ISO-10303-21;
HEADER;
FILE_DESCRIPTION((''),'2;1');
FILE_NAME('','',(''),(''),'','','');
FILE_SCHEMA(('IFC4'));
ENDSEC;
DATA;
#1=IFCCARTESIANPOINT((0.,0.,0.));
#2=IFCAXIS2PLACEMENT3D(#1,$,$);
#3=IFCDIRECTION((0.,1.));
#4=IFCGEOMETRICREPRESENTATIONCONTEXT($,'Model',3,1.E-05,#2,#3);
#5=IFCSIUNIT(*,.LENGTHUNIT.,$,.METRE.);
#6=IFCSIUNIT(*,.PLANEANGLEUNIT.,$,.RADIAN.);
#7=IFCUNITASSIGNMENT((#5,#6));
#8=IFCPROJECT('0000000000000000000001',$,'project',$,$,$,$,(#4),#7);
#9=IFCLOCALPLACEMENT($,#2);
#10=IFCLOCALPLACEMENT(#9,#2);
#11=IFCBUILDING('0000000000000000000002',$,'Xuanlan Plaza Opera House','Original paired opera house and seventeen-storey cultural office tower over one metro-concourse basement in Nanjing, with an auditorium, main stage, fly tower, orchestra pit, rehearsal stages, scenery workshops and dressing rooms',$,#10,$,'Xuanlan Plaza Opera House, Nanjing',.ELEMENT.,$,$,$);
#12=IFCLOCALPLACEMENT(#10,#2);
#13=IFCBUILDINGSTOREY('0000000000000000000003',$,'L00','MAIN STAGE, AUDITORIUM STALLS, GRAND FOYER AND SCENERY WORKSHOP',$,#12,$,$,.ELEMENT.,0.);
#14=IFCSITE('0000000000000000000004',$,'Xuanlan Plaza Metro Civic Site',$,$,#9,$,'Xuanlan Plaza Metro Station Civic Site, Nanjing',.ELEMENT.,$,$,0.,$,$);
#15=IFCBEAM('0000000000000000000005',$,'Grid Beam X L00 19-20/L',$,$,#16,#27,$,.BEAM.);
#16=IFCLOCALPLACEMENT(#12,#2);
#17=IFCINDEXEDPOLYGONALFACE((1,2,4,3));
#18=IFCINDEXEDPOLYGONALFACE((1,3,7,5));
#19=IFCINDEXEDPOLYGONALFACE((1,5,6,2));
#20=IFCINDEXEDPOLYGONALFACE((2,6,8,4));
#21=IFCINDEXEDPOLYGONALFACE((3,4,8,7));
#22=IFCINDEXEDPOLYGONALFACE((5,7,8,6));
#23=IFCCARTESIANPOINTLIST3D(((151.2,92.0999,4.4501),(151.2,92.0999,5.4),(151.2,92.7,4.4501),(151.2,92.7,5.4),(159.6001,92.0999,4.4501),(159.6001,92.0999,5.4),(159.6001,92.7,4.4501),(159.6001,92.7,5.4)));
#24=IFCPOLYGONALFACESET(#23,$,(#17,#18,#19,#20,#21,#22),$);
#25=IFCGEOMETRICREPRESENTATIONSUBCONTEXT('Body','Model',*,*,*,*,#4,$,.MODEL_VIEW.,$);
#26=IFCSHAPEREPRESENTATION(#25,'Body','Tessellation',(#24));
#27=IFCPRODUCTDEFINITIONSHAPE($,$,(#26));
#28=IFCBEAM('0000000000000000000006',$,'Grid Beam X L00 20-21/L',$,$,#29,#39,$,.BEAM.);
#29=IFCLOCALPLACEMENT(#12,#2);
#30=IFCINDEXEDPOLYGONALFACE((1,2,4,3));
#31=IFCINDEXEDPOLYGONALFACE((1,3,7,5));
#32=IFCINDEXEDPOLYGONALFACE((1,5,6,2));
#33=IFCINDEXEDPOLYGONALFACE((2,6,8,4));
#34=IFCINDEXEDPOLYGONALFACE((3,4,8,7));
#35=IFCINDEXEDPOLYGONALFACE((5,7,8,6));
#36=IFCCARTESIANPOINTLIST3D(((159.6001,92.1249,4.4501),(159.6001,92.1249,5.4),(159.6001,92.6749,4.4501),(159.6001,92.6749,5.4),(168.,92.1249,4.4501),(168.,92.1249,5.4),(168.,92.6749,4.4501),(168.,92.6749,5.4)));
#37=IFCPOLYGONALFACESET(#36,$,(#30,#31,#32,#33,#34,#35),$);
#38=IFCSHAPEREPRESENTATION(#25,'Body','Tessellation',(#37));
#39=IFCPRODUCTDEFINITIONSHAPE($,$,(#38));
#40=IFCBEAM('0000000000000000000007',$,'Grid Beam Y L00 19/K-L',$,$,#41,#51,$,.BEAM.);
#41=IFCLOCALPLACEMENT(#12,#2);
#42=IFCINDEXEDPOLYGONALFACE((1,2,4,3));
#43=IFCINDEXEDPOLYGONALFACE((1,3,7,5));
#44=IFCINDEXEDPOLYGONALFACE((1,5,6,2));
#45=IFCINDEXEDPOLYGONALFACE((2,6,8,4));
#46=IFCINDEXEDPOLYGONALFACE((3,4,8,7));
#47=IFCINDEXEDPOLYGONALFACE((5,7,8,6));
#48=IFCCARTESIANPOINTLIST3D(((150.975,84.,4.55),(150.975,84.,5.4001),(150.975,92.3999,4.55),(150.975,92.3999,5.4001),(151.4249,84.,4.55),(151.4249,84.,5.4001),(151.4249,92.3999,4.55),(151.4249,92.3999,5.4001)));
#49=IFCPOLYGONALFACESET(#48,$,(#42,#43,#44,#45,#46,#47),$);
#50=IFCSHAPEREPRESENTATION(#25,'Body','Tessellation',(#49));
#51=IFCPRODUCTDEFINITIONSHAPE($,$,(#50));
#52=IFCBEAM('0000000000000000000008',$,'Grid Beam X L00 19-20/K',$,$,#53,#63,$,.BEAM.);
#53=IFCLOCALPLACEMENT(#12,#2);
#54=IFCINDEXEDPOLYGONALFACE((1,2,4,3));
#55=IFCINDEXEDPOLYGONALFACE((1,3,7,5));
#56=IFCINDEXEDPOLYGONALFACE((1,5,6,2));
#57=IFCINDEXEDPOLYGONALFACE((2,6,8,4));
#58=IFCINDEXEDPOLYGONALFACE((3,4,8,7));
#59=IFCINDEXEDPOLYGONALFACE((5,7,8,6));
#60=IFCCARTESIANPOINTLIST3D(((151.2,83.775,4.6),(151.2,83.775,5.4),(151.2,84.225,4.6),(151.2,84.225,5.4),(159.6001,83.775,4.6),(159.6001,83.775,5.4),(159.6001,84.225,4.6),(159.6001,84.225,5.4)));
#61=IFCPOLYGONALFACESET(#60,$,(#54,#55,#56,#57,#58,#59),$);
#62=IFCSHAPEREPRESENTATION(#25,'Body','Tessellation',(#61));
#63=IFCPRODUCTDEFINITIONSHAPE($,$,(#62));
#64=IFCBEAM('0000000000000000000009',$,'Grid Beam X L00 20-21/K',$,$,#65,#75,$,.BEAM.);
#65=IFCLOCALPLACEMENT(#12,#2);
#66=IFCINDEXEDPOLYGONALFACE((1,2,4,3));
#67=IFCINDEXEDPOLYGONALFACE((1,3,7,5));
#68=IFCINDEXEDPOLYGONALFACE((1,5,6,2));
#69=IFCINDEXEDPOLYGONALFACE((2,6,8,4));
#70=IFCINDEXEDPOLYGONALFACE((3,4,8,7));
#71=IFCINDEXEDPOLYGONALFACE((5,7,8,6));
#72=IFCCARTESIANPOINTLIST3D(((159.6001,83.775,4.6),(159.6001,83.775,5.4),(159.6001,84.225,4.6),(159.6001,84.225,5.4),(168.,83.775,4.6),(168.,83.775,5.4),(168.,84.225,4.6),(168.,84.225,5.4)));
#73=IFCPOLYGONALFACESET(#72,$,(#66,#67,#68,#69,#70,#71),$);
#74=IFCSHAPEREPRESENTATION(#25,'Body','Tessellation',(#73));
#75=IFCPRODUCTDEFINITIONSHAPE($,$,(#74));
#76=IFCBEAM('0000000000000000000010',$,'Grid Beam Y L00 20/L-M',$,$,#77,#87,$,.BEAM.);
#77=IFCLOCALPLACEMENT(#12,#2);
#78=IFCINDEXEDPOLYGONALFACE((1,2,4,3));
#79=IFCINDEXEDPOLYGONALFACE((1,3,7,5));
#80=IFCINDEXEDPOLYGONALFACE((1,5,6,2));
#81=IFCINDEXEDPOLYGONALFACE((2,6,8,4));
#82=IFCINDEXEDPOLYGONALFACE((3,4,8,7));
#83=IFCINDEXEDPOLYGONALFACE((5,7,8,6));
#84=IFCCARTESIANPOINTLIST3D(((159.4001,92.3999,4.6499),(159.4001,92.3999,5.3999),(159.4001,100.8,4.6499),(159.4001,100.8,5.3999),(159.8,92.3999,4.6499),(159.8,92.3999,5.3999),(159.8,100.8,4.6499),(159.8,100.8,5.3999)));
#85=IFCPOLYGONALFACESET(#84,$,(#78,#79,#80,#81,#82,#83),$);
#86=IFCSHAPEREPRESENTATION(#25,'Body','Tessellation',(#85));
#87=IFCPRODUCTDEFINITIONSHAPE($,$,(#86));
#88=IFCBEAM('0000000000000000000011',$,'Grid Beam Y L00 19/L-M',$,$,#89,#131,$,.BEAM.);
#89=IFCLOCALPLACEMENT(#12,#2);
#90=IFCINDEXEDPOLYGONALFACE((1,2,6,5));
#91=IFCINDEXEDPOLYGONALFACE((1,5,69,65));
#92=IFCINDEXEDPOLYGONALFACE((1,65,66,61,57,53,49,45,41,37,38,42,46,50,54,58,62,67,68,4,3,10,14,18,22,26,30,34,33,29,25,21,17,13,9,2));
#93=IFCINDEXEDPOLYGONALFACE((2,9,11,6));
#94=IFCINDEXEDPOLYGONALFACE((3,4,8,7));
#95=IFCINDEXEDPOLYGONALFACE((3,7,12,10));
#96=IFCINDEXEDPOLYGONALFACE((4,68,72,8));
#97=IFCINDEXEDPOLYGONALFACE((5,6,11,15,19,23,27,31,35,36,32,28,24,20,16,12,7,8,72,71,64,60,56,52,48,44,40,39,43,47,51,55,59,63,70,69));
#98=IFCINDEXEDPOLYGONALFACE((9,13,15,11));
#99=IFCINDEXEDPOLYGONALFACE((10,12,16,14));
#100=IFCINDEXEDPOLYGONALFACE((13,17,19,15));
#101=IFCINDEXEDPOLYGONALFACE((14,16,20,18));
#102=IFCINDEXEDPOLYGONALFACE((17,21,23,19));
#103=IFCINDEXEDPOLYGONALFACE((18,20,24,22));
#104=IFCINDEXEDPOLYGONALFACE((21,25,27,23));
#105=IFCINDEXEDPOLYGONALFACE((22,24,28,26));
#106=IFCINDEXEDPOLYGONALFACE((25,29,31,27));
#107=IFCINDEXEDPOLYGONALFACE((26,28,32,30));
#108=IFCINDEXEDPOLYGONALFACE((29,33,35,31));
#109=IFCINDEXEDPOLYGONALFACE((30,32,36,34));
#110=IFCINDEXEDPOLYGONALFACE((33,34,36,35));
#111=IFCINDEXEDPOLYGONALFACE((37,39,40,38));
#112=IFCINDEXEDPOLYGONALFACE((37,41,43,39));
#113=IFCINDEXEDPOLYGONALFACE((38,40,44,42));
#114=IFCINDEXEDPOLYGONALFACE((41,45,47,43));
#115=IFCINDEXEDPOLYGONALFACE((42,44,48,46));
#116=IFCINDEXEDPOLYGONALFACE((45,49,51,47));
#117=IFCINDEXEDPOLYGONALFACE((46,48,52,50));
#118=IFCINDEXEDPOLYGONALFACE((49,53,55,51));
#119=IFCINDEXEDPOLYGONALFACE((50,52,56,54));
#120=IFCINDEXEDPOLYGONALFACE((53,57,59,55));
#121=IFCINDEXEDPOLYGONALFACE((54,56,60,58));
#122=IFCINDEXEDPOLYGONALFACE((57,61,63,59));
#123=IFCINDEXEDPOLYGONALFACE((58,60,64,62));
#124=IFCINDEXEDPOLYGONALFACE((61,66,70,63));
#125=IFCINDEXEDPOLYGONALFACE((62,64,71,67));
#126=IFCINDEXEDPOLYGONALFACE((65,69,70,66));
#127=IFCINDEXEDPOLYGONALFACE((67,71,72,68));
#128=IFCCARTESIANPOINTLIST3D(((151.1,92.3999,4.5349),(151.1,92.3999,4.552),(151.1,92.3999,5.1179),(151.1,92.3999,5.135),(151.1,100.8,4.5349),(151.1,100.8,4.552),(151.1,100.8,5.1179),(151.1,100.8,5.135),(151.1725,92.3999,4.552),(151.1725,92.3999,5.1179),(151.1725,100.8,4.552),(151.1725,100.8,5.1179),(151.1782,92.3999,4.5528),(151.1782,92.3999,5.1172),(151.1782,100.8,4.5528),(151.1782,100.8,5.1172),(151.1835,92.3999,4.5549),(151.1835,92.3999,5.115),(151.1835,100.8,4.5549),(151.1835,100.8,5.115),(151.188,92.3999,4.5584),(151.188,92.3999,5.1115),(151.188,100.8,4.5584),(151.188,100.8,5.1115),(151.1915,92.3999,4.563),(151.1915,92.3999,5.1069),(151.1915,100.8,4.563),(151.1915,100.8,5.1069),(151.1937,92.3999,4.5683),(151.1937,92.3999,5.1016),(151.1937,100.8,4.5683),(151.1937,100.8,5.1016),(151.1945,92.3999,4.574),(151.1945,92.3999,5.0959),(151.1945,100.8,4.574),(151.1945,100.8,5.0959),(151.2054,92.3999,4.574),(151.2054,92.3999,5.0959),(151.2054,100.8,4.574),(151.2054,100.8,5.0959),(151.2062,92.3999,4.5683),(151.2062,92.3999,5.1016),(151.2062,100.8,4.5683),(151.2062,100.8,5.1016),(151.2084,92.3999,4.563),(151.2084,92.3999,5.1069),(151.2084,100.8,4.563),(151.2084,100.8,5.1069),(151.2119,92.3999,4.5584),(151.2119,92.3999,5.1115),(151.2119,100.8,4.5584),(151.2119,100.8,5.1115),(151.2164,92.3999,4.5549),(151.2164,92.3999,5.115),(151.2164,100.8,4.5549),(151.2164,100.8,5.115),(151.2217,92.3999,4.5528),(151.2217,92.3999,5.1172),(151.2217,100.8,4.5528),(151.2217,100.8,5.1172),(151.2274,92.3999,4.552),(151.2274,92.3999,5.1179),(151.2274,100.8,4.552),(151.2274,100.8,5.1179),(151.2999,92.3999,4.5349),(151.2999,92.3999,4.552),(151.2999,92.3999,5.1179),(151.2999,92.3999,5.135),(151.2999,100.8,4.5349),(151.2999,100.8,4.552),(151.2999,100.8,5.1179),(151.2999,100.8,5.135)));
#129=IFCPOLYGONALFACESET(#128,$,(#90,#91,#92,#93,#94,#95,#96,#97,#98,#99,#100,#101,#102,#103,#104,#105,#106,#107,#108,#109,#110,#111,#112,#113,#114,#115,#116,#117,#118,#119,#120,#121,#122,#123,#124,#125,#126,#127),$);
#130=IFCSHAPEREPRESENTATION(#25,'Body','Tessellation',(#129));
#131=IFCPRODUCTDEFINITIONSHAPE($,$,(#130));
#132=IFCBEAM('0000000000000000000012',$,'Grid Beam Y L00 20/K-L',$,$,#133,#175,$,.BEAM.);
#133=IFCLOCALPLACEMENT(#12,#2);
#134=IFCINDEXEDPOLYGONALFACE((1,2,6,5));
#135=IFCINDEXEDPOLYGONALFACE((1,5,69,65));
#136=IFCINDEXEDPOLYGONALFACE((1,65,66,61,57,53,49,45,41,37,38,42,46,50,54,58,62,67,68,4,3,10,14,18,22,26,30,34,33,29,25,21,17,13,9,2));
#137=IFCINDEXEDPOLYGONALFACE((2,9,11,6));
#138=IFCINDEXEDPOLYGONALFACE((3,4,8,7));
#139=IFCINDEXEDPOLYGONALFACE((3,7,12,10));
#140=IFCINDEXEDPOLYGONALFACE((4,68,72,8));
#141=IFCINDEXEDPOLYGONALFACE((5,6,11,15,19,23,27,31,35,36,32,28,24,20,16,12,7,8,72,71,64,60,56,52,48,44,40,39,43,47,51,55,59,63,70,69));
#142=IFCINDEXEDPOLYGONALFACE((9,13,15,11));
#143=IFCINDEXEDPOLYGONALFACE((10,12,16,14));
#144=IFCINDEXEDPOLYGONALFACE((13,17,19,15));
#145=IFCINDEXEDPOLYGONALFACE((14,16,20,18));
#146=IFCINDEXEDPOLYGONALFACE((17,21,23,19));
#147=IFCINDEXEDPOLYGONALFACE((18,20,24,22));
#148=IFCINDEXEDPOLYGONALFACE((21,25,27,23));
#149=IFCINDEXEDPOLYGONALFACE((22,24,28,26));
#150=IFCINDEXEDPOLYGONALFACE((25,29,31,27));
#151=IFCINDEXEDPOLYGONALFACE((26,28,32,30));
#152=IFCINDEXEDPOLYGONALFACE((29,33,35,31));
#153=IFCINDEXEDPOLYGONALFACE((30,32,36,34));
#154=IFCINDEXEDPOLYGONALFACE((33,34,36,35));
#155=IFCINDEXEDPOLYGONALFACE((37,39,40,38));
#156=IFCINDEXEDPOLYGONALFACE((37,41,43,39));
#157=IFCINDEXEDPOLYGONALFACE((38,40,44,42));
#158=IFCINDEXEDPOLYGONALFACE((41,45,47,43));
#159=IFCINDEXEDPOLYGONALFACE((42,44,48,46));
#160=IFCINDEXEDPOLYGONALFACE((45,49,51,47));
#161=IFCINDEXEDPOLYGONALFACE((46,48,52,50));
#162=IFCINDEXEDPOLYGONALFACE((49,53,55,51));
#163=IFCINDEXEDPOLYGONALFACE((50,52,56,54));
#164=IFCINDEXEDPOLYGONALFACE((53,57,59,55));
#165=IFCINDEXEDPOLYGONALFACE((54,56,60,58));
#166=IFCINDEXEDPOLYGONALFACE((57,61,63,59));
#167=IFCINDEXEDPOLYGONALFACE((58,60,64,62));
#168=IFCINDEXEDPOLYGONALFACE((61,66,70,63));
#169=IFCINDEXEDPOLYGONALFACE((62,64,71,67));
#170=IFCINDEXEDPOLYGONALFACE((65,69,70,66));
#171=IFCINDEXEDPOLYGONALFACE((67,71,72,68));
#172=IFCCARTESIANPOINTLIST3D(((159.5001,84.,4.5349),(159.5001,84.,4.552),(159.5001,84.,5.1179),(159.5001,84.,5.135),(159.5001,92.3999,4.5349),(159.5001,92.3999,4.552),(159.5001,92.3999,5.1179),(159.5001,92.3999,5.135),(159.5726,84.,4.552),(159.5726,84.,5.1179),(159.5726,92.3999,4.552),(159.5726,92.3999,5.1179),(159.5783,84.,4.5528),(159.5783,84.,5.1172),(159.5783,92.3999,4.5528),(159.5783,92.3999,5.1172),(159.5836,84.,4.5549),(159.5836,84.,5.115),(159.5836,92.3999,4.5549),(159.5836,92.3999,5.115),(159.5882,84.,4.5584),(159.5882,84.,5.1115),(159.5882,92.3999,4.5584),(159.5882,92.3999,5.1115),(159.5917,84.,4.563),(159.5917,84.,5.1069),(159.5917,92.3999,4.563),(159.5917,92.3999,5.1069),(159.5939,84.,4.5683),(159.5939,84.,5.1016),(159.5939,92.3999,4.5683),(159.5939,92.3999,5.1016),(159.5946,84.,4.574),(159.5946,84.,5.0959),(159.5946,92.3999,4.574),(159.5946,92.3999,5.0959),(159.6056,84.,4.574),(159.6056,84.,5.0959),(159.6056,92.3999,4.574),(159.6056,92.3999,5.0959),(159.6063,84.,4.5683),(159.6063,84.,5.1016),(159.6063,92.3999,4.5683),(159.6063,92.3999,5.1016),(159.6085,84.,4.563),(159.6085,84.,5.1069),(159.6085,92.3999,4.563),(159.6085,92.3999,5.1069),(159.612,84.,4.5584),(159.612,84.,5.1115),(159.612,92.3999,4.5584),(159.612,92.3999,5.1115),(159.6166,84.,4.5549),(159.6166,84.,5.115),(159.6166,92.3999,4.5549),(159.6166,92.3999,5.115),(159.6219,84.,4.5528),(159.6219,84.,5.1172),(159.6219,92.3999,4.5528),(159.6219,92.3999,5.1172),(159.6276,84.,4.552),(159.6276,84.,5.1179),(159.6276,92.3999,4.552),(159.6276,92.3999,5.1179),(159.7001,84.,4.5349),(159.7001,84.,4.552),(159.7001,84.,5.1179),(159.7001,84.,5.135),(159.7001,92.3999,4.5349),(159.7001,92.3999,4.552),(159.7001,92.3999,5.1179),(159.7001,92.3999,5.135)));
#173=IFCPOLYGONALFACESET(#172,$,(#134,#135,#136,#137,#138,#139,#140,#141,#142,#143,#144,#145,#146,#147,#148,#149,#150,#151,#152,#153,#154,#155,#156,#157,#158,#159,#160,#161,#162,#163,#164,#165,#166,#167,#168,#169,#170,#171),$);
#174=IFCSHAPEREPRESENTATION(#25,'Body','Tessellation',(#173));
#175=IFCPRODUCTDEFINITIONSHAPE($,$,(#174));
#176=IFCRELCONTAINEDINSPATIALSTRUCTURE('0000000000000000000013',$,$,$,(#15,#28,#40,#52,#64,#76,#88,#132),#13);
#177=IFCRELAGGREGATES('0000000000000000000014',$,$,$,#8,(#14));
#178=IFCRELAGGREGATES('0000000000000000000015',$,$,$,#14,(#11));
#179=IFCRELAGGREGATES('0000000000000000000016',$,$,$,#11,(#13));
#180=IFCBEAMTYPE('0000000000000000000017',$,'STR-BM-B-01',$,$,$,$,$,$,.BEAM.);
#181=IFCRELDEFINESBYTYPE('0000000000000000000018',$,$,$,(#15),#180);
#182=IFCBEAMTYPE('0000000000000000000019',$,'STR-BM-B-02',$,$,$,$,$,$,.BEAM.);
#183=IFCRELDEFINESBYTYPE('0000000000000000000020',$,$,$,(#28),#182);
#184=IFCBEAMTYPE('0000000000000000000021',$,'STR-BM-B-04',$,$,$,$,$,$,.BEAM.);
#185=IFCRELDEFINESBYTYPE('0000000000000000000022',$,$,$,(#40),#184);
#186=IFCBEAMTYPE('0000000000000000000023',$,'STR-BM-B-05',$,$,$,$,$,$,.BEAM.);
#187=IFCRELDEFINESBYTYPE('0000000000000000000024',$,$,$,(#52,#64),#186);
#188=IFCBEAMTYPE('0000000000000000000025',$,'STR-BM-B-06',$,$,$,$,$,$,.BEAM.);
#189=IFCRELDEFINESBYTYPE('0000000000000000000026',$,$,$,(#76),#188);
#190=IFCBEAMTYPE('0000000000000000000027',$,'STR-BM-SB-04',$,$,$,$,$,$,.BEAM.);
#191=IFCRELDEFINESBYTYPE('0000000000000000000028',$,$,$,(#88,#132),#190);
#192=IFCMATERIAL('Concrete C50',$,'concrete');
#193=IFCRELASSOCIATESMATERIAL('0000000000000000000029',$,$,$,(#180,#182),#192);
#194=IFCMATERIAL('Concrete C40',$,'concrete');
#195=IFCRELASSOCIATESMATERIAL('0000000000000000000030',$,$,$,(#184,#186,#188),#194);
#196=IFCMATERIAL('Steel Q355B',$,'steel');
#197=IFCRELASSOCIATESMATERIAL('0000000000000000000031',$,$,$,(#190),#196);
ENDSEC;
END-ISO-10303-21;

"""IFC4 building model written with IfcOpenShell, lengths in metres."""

from ifc_helpers import new_model, si_unit, direction, frame, origin, origin_2d, place, context, subcontext, project, spatial, rectangle, i_section, extrude, material, material_profile, profile_set, type_object, element, save


model = new_model("IFC4")

# Units and contexts
model_context = context("Model", 3, precision=1e-05, world=origin(), true_north=direction((0.0, 1.0)))
body_context = subcontext(model_context, "Body", "Model", "MODEL_VIEW")
ifc_project = project(units=[si_unit("LENGTHUNIT", "METRE"), si_unit("PLANEANGLEUNIT", "RADIAN")], contexts=[model_context])

# Site, building, storey
site_placement = place(None, origin())
site = spatial("IfcSite", under=ifc_project, at=site_placement, Name="Xuanlan Plaza Metro Civic Site", LongName="Xuanlan Plaza Metro Station Civic Site, Nanjing", CompositionType="ELEMENT", RefElevation=0.0)
building_placement = place(site_placement, origin())
building = spatial("IfcBuilding", under=site, at=building_placement, Name="Xuanlan Plaza Opera House", Description="Original paired opera house and seventeen-storey cultural office tower over one metro-concourse basement in Nanjing, with an auditorium, main stage, fly tower, orchestra pit, rehearsal stages, scenery workshops and dressing rooms", LongName="Xuanlan Plaza Opera House, Nanjing", CompositionType="ELEMENT")
storey_placement = place(building_placement, origin())
storey = spatial("IfcBuildingStorey", under=building, at=storey_placement, Name="L00", Description="MAIN STAGE, AUDITORIUM STALLS, GRAND FOYER AND SCENERY WORKSHOP", CompositionType="ELEMENT", Elevation=0.0)

# Shared definitions
ifc_material_1 = material(Name="Concrete C40", Category="concrete")

# Beams
ifc_material_2 = material(Name="Concrete C50", Category="concrete")
ifc_material_profile_1 = material_profile(ifc_material_2, rectangle(XDim=0.6001, YDim=0.95, at=origin_2d()), Name="RC-BM 600x950")
ifc_profile_set_1 = profile_set([ifc_material_profile_1], Name="Concrete C50")
beam_type_1 = type_object("IfcBeamType", Name="STR-BM-B-01", PredefinedType="BEAM", material=ifc_profile_set_1)
beam_1_placement = place(storey_placement, frame((151.2, 92.3999, 4.925), z_axis=(1.0, 0.0, 0.0), x_axis=(0.0, 1.0, 0.0)))
element("IfcBeam", 1, at=beam_1_placement, inside=storey, type_object=beam_type_1, Name="Grid Beam X L00 19-20/L", PredefinedType="BEAM", context=body_context, shape_type="SweptSolid", body=[
    extrude(rectangle(XDim=0.6001, YDim=0.95, at=origin_2d()), origin(), (0.0, 0.0, 1.0), 8.4001),
])
ifc_material_profile_2 = material_profile(ifc_material_2, rectangle(XDim=0.55, YDim=0.95, at=origin_2d()), Name="RC-BM 550x950")
ifc_profile_set_2 = profile_set([ifc_material_profile_2], Name="Concrete C50")
beam_type_2 = type_object("IfcBeamType", Name="STR-BM-B-02", PredefinedType="BEAM", material=ifc_profile_set_2)
beam_2_placement = place(storey_placement, frame((159.6001, 92.3999, 4.925), z_axis=(1.0, 0.0, 0.0), x_axis=(0.0, 1.0, 0.0)))
element("IfcBeam", 2, at=beam_2_placement, inside=storey, type_object=beam_type_2, Name="Grid Beam X L00 20-21/L", PredefinedType="BEAM", context=body_context, shape_type="SweptSolid", body=[
    extrude(rectangle(XDim=0.55, YDim=0.95, at=origin_2d()), origin(), (0.0, 0.0, 1.0), 8.3999),
])
ifc_material_profile_3 = material_profile(ifc_material_1, rectangle(XDim=0.45, YDim=0.8501, at=origin_2d()), Name="RC-BM 450x850")
ifc_profile_set_3 = profile_set([ifc_material_profile_3], Name="Concrete C40")
beam_type_3 = type_object("IfcBeamType", Name="STR-BM-B-04", PredefinedType="BEAM", material=ifc_profile_set_3)
beam_3_placement = place(storey_placement, frame((151.2, 84.0, 4.9751), z_axis=(0.0, 1.0, 0.0), x_axis=(-1.0, 0.0, 0.0)))
element("IfcBeam", 3, at=beam_3_placement, inside=storey, type_object=beam_type_3, Name="Grid Beam Y L00 19/K-L", PredefinedType="BEAM", context=body_context, shape_type="SweptSolid", body=[
    extrude(rectangle(XDim=0.45, YDim=0.8501, at=origin_2d()), origin(), (0.0, 0.0, 1.0), 8.3999),
])
ifc_material_profile_4 = material_profile(ifc_material_1, rectangle(XDim=0.45, YDim=0.8, at=origin_2d()), Name="RC-BM 450x800")
ifc_profile_set_4 = profile_set([ifc_material_profile_4], Name="Concrete C40")
beam_type_4 = type_object("IfcBeamType", Name="STR-BM-B-05", PredefinedType="BEAM", material=ifc_profile_set_4)
beam_4_placement = place(storey_placement, frame((151.2, 84.0, 5.0), z_axis=(1.0, 0.0, 0.0), x_axis=(0.0, 1.0, 0.0)))
element("IfcBeam", 4, at=beam_4_placement, inside=storey, type_object=beam_type_4, Name="Grid Beam X L00 19-20/K", PredefinedType="BEAM", context=body_context, shape_type="SweptSolid", body=[
    extrude(rectangle(XDim=0.45, YDim=0.8, at=origin_2d()), origin(), (0.0, 0.0, 1.0), 8.4001),
])
beam_5_placement = place(storey_placement, frame((159.6001, 84.0, 5.0), z_axis=(1.0, 0.0, 0.0), x_axis=(0.0, 1.0, 0.0)))
element("IfcBeam", 5, at=beam_5_placement, inside=storey, type_object=beam_type_4, Name="Grid Beam X L00 20-21/K", PredefinedType="BEAM", context=body_context, shape_type="SweptSolid", body=[
    extrude(rectangle(XDim=0.45, YDim=0.8, at=origin_2d()), origin(), (0.0, 0.0, 1.0), 8.3999),
])
ifc_material_profile_5 = material_profile(ifc_material_1, rectangle(XDim=0.3999, YDim=0.75, at=origin_2d()), Name="RC-BM 400x750")
ifc_profile_set_5 = profile_set([ifc_material_profile_5], Name="Concrete C40")
beam_type_5 = type_object("IfcBeamType", Name="STR-BM-B-06", PredefinedType="BEAM", material=ifc_profile_set_5)
beam_6_placement = place(storey_placement, frame((159.6001, 92.3999, 5.0249), z_axis=(0.0, 1.0, 0.0), x_axis=(-1.0, 0.0, 0.0)))
element("IfcBeam", 6, at=beam_6_placement, inside=storey, type_object=beam_type_5, Name="Grid Beam Y L00 20/L-M", PredefinedType="BEAM", context=body_context, shape_type="SweptSolid", body=[
    extrude(rectangle(XDim=0.3999, YDim=0.75, at=origin_2d()), origin(), (0.0, 0.0, 1.0), 8.4001),
])
ifc_material_3 = material(Name="Steel Q355B", Category="steel")
ifc_material_profile_6 = material_profile(ifc_material_3, i_section(OverallWidth=0.2, OverallDepth=0.6001, WebThickness=0.011, FlangeThickness=0.0171, FilletRadius=0.022, at=origin_2d()), Name="HN 600x200x11x17")
ifc_profile_set_6 = profile_set([ifc_material_profile_6], Name="Steel Q355B")
beam_type_6 = type_object("IfcBeamType", Name="STR-BM-SB-04", PredefinedType="BEAM", material=ifc_profile_set_6)
beam_7_placement = place(storey_placement, frame((151.2, 92.3999, 4.835), z_axis=(0.0, 1.0, 0.0), x_axis=(-1.0, 0.0, 0.0)))
element("IfcBeam", 7, at=beam_7_placement, inside=storey, type_object=beam_type_6, Name="Grid Beam Y L00 19/L-M", PredefinedType="BEAM", context=body_context, shape_type="SweptSolid", body=[
    extrude(i_section(OverallWidth=0.2, OverallDepth=0.6001, WebThickness=0.011, FlangeThickness=0.0171, FilletRadius=0.022, at=origin_2d()), origin(), (0.0, 0.0, 1.0), 8.4001),
])
beam_8_placement = place(storey_placement, frame((159.6001, 84.0, 4.835), z_axis=(0.0, 1.0, 0.0), x_axis=(-1.0, 0.0, 0.0)))
element("IfcBeam", 8, at=beam_8_placement, inside=storey, type_object=beam_type_6, Name="Grid Beam Y L00 20/K-L", PredefinedType="BEAM", context=body_context, shape_type="SweptSolid", body=[
    extrude(i_section(OverallWidth=0.2, OverallDepth=0.6001, WebThickness=0.011, FlangeThickness=0.0171, FilletRadius=0.022, at=origin_2d()), origin(), (0.0, 0.0, 1.0), 8.3999),
])

save(model, "model.ifc")
